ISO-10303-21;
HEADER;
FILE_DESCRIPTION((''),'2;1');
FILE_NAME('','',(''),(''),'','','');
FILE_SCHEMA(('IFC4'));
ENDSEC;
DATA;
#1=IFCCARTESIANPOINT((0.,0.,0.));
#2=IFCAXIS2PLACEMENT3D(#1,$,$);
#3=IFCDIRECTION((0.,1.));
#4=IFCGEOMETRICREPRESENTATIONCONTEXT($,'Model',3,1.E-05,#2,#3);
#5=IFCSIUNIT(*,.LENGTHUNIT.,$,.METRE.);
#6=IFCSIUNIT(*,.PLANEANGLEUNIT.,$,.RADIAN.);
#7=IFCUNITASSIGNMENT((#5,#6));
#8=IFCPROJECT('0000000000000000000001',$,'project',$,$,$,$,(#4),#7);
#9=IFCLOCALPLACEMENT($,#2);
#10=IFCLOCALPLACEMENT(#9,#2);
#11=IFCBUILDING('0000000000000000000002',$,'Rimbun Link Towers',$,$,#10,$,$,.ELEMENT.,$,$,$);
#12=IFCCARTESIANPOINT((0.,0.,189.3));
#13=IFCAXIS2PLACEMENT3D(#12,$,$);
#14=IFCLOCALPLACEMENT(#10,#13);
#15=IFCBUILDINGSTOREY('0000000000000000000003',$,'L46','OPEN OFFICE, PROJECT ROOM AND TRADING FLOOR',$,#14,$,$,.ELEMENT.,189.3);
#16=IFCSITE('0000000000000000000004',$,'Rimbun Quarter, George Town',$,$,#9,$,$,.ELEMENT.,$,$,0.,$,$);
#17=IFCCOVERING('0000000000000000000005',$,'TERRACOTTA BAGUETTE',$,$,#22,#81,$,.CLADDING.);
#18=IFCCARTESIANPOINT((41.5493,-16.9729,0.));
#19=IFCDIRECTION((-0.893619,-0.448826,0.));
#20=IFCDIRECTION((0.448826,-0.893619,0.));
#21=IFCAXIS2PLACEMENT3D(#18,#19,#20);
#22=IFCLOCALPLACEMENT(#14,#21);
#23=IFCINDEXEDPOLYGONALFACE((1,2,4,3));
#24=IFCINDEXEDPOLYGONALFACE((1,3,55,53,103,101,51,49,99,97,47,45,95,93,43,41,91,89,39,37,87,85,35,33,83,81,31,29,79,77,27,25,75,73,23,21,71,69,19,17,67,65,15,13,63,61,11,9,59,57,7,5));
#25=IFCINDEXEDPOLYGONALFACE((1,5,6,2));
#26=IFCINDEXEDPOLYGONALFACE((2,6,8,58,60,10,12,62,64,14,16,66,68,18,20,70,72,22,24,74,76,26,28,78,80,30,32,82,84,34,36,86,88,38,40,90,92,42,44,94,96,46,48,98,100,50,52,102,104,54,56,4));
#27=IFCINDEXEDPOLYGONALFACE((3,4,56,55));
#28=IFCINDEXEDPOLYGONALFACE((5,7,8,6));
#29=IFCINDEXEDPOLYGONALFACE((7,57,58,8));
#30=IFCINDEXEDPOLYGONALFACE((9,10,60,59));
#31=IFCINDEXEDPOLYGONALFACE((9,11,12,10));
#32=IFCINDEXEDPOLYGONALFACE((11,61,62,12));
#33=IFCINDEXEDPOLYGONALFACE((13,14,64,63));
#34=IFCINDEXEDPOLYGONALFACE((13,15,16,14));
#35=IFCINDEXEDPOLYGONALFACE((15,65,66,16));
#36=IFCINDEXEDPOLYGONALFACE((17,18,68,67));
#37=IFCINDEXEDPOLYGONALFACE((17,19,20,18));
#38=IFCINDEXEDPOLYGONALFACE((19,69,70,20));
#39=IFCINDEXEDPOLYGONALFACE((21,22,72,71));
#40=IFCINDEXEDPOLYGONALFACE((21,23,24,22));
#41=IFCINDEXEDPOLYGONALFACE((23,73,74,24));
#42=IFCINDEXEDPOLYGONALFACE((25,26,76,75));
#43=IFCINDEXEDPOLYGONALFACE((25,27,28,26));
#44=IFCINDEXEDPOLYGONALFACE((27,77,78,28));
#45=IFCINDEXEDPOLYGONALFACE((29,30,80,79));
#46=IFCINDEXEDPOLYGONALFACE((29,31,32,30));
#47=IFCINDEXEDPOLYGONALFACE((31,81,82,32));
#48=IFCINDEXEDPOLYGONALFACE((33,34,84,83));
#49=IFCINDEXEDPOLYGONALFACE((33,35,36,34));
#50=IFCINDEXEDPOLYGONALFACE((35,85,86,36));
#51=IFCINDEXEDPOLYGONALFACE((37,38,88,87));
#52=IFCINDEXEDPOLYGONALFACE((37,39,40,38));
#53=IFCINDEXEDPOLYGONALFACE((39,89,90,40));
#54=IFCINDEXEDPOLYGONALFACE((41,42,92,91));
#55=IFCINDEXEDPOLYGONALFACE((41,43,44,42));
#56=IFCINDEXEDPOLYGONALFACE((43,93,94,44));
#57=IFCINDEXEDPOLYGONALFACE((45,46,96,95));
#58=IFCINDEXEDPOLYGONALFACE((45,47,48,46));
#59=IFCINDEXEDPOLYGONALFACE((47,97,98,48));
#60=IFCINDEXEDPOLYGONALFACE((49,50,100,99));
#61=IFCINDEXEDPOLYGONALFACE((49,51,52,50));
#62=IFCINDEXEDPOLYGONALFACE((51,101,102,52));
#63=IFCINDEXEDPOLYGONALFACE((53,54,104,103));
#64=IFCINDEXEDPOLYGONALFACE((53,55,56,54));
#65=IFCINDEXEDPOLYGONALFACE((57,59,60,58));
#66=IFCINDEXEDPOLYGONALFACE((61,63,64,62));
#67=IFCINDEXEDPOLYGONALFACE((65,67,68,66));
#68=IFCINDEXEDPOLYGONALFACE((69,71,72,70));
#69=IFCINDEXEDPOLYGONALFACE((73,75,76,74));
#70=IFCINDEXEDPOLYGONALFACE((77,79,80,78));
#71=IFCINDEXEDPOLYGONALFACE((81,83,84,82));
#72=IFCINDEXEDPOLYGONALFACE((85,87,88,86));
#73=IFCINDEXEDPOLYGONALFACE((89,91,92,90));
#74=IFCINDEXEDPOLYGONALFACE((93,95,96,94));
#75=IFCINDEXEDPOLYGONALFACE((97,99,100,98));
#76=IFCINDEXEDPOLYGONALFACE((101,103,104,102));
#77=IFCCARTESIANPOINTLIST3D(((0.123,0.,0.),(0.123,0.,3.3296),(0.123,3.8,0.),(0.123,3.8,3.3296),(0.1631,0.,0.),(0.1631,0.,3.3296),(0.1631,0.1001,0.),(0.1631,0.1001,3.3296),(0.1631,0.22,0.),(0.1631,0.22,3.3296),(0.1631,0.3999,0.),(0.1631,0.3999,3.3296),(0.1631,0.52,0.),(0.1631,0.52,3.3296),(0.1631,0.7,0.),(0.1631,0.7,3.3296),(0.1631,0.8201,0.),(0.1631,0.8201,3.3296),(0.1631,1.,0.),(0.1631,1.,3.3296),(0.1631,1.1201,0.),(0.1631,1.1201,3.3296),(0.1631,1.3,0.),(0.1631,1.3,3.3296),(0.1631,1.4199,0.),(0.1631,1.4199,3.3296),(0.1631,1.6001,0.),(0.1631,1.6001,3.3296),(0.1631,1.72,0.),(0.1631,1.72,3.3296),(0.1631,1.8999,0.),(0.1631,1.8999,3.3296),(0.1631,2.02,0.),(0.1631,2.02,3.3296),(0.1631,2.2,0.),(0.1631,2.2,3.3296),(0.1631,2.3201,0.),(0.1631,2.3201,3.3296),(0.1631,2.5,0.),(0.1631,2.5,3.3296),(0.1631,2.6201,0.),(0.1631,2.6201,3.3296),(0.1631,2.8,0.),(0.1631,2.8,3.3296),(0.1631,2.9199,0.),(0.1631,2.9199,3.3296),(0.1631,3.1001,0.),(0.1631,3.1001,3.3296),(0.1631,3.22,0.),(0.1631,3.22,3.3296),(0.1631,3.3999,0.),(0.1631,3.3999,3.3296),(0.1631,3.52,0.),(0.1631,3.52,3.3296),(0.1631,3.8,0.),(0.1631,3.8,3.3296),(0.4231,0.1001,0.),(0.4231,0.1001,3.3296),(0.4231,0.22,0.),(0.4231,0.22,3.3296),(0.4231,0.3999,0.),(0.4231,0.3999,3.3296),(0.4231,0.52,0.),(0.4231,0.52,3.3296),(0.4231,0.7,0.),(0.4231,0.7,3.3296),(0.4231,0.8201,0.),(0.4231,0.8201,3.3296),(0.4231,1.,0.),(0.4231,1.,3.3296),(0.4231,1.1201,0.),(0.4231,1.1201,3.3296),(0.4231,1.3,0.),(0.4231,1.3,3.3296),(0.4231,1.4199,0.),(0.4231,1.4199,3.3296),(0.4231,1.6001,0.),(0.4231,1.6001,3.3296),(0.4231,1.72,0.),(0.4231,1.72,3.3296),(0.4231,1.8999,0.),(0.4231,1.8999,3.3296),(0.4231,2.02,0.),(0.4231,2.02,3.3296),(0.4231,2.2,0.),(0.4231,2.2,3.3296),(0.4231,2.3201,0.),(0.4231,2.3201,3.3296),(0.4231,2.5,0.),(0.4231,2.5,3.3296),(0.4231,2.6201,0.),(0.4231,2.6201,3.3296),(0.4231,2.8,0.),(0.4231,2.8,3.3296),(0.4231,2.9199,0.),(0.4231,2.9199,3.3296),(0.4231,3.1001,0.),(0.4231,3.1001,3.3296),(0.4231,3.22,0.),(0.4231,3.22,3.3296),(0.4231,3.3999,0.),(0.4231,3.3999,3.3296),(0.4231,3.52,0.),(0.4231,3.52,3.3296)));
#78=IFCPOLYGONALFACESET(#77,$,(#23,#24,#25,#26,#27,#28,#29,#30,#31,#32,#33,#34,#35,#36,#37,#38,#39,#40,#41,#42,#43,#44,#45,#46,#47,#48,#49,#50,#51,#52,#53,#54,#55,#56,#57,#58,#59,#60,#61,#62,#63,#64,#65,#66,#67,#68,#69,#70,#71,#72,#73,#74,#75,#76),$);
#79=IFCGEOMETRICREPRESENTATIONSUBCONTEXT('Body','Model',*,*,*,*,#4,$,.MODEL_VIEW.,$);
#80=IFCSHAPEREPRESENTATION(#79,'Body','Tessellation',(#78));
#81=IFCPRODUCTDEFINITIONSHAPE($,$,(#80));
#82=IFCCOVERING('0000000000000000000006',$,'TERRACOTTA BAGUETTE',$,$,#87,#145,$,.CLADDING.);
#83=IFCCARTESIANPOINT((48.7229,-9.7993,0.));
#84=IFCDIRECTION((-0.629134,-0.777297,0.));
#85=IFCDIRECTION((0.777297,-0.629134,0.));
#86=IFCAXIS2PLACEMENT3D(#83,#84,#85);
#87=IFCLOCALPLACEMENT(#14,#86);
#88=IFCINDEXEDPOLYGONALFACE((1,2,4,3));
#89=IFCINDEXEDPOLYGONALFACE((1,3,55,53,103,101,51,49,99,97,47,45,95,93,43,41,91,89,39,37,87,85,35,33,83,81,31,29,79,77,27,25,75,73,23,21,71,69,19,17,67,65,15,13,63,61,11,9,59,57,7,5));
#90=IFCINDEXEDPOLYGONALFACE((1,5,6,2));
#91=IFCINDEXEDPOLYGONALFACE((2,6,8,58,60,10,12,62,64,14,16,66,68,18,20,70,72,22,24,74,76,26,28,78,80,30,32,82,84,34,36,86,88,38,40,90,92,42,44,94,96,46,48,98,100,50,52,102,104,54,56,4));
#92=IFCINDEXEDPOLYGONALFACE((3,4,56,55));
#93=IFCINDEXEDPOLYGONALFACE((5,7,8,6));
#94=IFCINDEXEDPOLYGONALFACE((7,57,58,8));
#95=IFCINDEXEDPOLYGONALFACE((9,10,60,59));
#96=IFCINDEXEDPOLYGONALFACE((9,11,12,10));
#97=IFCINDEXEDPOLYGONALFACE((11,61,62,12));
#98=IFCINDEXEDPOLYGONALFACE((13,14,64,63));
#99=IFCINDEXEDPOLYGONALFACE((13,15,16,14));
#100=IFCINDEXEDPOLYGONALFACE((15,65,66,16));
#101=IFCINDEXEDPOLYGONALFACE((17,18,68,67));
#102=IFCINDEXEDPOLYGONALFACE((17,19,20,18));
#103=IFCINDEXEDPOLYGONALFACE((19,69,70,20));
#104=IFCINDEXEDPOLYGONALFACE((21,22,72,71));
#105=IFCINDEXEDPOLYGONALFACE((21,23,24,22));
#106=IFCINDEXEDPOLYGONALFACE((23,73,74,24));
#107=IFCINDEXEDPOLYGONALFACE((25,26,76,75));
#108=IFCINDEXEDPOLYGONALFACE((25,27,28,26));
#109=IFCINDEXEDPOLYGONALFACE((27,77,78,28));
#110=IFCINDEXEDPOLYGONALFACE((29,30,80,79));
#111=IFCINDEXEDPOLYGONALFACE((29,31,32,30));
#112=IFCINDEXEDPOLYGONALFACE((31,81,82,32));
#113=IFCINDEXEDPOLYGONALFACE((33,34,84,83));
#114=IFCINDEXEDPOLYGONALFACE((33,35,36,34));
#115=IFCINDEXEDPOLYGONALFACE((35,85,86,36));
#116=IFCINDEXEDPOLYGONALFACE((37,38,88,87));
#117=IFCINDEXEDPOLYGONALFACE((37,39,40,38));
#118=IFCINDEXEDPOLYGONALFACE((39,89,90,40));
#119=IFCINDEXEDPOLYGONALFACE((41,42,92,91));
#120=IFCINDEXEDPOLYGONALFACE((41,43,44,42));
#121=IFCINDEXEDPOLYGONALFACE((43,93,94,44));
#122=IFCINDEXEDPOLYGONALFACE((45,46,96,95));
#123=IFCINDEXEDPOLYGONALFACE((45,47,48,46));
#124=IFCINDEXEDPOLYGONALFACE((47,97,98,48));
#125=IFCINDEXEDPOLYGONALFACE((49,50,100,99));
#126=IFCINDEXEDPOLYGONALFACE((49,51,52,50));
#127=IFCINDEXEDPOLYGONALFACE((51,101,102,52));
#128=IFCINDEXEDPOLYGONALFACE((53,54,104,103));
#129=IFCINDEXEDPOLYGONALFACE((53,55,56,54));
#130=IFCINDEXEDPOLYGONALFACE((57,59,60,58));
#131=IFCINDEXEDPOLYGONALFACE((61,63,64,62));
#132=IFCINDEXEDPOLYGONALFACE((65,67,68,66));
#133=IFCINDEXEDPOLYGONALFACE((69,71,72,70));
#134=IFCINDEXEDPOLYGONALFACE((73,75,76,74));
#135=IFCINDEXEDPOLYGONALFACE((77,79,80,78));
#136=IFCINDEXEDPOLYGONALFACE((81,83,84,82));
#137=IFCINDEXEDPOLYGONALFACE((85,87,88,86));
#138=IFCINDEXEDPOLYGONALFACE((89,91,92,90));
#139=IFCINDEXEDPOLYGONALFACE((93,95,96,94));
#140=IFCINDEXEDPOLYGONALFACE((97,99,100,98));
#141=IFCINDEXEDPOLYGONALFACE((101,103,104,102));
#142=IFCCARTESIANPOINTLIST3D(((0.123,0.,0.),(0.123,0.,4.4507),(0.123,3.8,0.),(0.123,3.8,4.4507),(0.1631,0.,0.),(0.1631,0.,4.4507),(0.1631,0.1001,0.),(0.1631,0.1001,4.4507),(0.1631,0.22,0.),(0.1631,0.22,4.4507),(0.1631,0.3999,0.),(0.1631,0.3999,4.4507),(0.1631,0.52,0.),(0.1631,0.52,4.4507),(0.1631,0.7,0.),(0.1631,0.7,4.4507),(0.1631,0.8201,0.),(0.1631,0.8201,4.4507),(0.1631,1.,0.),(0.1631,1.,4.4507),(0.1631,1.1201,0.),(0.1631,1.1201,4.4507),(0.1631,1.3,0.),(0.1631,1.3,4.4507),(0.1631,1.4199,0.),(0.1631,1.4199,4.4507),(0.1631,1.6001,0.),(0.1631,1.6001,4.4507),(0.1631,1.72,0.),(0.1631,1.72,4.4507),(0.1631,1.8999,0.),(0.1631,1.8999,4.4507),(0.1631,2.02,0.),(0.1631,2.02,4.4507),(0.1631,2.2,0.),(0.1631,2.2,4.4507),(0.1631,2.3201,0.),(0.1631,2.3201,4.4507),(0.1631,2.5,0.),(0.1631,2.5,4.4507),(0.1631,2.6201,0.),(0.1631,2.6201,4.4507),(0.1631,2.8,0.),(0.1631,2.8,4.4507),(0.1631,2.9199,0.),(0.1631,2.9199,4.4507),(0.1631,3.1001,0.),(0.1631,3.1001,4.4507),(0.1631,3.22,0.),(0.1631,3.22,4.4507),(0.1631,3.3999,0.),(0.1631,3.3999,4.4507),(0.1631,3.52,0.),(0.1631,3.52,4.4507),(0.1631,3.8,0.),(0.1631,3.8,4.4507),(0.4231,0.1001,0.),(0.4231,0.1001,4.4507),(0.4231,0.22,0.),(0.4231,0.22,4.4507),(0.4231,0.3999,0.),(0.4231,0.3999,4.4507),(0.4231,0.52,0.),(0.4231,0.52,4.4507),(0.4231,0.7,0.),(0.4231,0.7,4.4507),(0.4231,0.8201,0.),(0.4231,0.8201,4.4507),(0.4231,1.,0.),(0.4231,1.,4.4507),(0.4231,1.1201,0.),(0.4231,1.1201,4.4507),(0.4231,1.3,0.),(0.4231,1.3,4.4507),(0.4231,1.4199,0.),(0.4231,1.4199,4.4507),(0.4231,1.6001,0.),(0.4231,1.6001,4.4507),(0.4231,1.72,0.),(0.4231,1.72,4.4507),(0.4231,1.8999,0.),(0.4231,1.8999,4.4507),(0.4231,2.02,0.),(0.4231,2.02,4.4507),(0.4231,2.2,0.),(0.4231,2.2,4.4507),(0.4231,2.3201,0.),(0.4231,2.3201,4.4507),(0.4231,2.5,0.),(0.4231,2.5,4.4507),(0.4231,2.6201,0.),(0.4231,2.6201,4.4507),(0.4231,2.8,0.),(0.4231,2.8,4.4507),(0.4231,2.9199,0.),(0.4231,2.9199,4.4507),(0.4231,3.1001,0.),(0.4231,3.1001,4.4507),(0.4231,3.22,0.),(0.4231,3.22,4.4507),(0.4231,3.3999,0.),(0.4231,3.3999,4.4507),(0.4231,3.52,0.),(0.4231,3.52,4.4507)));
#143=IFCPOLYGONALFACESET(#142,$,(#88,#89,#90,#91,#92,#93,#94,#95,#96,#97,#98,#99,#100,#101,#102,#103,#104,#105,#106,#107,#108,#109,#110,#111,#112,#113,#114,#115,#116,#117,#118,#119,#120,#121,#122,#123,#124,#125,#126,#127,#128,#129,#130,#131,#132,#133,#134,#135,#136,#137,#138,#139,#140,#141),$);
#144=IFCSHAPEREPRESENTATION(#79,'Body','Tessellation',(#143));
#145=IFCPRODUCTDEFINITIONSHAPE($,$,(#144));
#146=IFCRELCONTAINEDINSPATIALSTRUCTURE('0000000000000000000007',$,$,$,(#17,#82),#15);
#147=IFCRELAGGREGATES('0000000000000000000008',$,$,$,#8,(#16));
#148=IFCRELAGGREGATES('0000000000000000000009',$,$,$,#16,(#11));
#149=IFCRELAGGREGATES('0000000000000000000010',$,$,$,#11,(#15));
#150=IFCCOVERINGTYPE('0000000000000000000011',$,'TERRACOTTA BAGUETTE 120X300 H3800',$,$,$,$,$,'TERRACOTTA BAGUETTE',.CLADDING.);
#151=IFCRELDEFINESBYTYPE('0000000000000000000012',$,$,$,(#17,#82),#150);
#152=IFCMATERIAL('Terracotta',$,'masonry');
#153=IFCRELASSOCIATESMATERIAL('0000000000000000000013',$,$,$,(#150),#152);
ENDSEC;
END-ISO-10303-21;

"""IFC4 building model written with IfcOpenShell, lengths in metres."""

from ifc_helpers import new_model, si_unit, direction, frame, origin, place, context, subcontext, project, spatial, polyline, outline, extrude, material, material_profile, profile_set, type_object, element, save


model = new_model("IFC4")

# Units and contexts
model_context = context("Model", 3, precision=1e-05, world=origin(), true_north=direction((0.0, 1.0)))
body_context = subcontext(model_context, "Body", "Model", "MODEL_VIEW")
ifc_project = project(units=[si_unit("LENGTHUNIT", "METRE"), si_unit("PLANEANGLEUNIT", "RADIAN")], contexts=[model_context])

# Site, building, storey
site_placement = place(None, origin())
site = spatial("IfcSite", under=ifc_project, at=site_placement, Name="Rimbun Quarter, George Town", CompositionType="ELEMENT", RefElevation=0.0)
building_placement = place(site_placement, origin())
building = spatial("IfcBuilding", under=site, at=building_placement, Name="Rimbun Link Towers", CompositionType="ELEMENT")
storey_placement = place(building_placement, frame((0.0, 0.0, 189.3)))
storey = spatial("IfcBuildingStorey", under=building, at=storey_placement, Name="L46", Description="OPEN OFFICE, PROJECT ROOM AND TRADING FLOOR", CompositionType="ELEMENT", Elevation=189.3)

# Coverings
ifc_material_1 = material(Name="Terracotta", Category="masonry")
ifc_material_profile_1 = material_profile(ifc_material_1, outline(polyline([(0.123, 0.0), (0.1631, 0.0), (0.1631, 0.1001), (0.4231, 0.1001), (0.4231, 0.22), (0.1631, 0.22), (0.1631, 0.3999), (0.4231, 0.3999), (0.4231, 0.52), (0.1631, 0.52), (0.1631, 0.7), (0.4231, 0.7), (0.4231, 0.8201), (0.1631, 0.8201), (0.1631, 1.0), (0.4231, 1.0), (0.4231, 1.1201), (0.1631, 1.1201), (0.1631, 1.3), (0.4231, 1.3), (0.4231, 1.4199), (0.1631, 1.4199), (0.1631, 1.6001), (0.4231, 1.6001), (0.4231, 1.72), (0.1631, 1.72), (0.1631, 1.8999), (0.4231, 1.8999), (0.4231, 2.02), (0.1631, 2.02), (0.1631, 2.2), (0.4231, 2.2), (0.4231, 2.3201), (0.1631, 2.3201), (0.1631, 2.5), (0.4231, 2.5), (0.4231, 2.6201), (0.1631, 2.6201), (0.1631, 2.8), (0.4231, 2.8), (0.4231, 2.9199), (0.1631, 2.9199), (0.1631, 3.1001), (0.4231, 3.1001), (0.4231, 3.22), (0.1631, 3.22), (0.1631, 3.3999), (0.4231, 3.3999), (0.4231, 3.52), (0.1631, 3.52), (0.1631, 3.8), (0.123, 3.8), (0.123, 0.0)])), Name="BAGUETTE 120X300")
ifc_profile_set_1 = profile_set([ifc_material_profile_1], Name="Terracotta")
covering_type = type_object("IfcCoveringType", Name="TERRACOTTA BAGUETTE 120X300 H3800", ElementType="TERRACOTTA BAGUETTE", PredefinedType="CLADDING", material=ifc_profile_set_1)
covering_1_placement = place(storey_placement, frame((41.5493, -16.9729, 0.0), z_axis=(-0.893619, -0.448826, 0.0), x_axis=(0.448826, -0.893619, 0.0)))
element("IfcCovering", 1, at=covering_1_placement, inside=storey, type_object=covering_type, Name="TERRACOTTA BAGUETTE", PredefinedType="CLADDING", context=body_context, shape_type="SweptSolid", body=[
    extrude(outline(polyline([(0.123, 0.0), (0.1631, 0.0), (0.1631, 0.1001), (0.4231, 0.1001), (0.4231, 0.22), (0.1631, 0.22), (0.1631, 0.3999), (0.4231, 0.3999), (0.4231, 0.52), (0.1631, 0.52), (0.1631, 0.7), (0.4231, 0.7), (0.4231, 0.8201), (0.1631, 0.8201), (0.1631, 1.0), (0.4231, 1.0), (0.4231, 1.1201), (0.1631, 1.1201), (0.1631, 1.3), (0.4231, 1.3), (0.4231, 1.4199), (0.1631, 1.4199), (0.1631, 1.6001), (0.4231, 1.6001), (0.4231, 1.72), (0.1631, 1.72), (0.1631, 1.8999), (0.4231, 1.8999), (0.4231, 2.02), (0.1631, 2.02), (0.1631, 2.2), (0.4231, 2.2), (0.4231, 2.3201), (0.1631, 2.3201), (0.1631, 2.5), (0.4231, 2.5), (0.4231, 2.6201), (0.1631, 2.6201), (0.1631, 2.8), (0.4231, 2.8), (0.4231, 2.9199), (0.1631, 2.9199), (0.1631, 3.1001), (0.4231, 3.1001), (0.4231, 3.22), (0.1631, 3.22), (0.1631, 3.3999), (0.4231, 3.3999), (0.4231, 3.52), (0.1631, 3.52), (0.1631, 3.8), (0.123, 3.8), (0.123, 0.0)])), origin(), (0.0, 0.0, 1.0), 3.3296),
])
covering_2_placement = place(storey_placement, frame((48.7229, -9.7993, 0.0), z_axis=(-0.629134, -0.777297, 0.0), x_axis=(0.777297, -0.629134, 0.0)))
element("IfcCovering", 2, at=covering_2_placement, inside=storey, type_object=covering_type, Name="TERRACOTTA BAGUETTE", PredefinedType="CLADDING", context=body_context, shape_type="SweptSolid", body=[
    extrude(outline(polyline([(0.123, 0.0), (0.1631, 0.0), (0.1631, 0.1001), (0.4231, 0.1001), (0.4231, 0.22), (0.1631, 0.22), (0.1631, 0.3999), (0.4231, 0.3999), (0.4231, 0.52), (0.1631, 0.52), (0.1631, 0.7), (0.4231, 0.7), (0.4231, 0.8201), (0.1631, 0.8201), (0.1631, 1.0), (0.4231, 1.0), (0.4231, 1.1201), (0.1631, 1.1201), (0.1631, 1.3), (0.4231, 1.3), (0.4231, 1.4199), (0.1631, 1.4199), (0.1631, 1.6001), (0.4231, 1.6001), (0.4231, 1.72), (0.1631, 1.72), (0.1631, 1.8999), (0.4231, 1.8999), (0.4231, 2.02), (0.1631, 2.02), (0.1631, 2.2), (0.4231, 2.2), (0.4231, 2.3201), (0.1631, 2.3201), (0.1631, 2.5), (0.4231, 2.5), (0.4231, 2.6201), (0.1631, 2.6201), (0.1631, 2.8), (0.4231, 2.8), (0.4231, 2.9199), (0.1631, 2.9199), (0.1631, 3.1001), (0.4231, 3.1001), (0.4231, 3.22), (0.1631, 3.22), (0.1631, 3.3999), (0.4231, 3.3999), (0.4231, 3.52), (0.1631, 3.52), (0.1631, 3.8), (0.123, 3.8), (0.123, 0.0)])), origin(), (0.0, 0.0, 1.0), 4.4507),
])

save(model, "model.ifc")
